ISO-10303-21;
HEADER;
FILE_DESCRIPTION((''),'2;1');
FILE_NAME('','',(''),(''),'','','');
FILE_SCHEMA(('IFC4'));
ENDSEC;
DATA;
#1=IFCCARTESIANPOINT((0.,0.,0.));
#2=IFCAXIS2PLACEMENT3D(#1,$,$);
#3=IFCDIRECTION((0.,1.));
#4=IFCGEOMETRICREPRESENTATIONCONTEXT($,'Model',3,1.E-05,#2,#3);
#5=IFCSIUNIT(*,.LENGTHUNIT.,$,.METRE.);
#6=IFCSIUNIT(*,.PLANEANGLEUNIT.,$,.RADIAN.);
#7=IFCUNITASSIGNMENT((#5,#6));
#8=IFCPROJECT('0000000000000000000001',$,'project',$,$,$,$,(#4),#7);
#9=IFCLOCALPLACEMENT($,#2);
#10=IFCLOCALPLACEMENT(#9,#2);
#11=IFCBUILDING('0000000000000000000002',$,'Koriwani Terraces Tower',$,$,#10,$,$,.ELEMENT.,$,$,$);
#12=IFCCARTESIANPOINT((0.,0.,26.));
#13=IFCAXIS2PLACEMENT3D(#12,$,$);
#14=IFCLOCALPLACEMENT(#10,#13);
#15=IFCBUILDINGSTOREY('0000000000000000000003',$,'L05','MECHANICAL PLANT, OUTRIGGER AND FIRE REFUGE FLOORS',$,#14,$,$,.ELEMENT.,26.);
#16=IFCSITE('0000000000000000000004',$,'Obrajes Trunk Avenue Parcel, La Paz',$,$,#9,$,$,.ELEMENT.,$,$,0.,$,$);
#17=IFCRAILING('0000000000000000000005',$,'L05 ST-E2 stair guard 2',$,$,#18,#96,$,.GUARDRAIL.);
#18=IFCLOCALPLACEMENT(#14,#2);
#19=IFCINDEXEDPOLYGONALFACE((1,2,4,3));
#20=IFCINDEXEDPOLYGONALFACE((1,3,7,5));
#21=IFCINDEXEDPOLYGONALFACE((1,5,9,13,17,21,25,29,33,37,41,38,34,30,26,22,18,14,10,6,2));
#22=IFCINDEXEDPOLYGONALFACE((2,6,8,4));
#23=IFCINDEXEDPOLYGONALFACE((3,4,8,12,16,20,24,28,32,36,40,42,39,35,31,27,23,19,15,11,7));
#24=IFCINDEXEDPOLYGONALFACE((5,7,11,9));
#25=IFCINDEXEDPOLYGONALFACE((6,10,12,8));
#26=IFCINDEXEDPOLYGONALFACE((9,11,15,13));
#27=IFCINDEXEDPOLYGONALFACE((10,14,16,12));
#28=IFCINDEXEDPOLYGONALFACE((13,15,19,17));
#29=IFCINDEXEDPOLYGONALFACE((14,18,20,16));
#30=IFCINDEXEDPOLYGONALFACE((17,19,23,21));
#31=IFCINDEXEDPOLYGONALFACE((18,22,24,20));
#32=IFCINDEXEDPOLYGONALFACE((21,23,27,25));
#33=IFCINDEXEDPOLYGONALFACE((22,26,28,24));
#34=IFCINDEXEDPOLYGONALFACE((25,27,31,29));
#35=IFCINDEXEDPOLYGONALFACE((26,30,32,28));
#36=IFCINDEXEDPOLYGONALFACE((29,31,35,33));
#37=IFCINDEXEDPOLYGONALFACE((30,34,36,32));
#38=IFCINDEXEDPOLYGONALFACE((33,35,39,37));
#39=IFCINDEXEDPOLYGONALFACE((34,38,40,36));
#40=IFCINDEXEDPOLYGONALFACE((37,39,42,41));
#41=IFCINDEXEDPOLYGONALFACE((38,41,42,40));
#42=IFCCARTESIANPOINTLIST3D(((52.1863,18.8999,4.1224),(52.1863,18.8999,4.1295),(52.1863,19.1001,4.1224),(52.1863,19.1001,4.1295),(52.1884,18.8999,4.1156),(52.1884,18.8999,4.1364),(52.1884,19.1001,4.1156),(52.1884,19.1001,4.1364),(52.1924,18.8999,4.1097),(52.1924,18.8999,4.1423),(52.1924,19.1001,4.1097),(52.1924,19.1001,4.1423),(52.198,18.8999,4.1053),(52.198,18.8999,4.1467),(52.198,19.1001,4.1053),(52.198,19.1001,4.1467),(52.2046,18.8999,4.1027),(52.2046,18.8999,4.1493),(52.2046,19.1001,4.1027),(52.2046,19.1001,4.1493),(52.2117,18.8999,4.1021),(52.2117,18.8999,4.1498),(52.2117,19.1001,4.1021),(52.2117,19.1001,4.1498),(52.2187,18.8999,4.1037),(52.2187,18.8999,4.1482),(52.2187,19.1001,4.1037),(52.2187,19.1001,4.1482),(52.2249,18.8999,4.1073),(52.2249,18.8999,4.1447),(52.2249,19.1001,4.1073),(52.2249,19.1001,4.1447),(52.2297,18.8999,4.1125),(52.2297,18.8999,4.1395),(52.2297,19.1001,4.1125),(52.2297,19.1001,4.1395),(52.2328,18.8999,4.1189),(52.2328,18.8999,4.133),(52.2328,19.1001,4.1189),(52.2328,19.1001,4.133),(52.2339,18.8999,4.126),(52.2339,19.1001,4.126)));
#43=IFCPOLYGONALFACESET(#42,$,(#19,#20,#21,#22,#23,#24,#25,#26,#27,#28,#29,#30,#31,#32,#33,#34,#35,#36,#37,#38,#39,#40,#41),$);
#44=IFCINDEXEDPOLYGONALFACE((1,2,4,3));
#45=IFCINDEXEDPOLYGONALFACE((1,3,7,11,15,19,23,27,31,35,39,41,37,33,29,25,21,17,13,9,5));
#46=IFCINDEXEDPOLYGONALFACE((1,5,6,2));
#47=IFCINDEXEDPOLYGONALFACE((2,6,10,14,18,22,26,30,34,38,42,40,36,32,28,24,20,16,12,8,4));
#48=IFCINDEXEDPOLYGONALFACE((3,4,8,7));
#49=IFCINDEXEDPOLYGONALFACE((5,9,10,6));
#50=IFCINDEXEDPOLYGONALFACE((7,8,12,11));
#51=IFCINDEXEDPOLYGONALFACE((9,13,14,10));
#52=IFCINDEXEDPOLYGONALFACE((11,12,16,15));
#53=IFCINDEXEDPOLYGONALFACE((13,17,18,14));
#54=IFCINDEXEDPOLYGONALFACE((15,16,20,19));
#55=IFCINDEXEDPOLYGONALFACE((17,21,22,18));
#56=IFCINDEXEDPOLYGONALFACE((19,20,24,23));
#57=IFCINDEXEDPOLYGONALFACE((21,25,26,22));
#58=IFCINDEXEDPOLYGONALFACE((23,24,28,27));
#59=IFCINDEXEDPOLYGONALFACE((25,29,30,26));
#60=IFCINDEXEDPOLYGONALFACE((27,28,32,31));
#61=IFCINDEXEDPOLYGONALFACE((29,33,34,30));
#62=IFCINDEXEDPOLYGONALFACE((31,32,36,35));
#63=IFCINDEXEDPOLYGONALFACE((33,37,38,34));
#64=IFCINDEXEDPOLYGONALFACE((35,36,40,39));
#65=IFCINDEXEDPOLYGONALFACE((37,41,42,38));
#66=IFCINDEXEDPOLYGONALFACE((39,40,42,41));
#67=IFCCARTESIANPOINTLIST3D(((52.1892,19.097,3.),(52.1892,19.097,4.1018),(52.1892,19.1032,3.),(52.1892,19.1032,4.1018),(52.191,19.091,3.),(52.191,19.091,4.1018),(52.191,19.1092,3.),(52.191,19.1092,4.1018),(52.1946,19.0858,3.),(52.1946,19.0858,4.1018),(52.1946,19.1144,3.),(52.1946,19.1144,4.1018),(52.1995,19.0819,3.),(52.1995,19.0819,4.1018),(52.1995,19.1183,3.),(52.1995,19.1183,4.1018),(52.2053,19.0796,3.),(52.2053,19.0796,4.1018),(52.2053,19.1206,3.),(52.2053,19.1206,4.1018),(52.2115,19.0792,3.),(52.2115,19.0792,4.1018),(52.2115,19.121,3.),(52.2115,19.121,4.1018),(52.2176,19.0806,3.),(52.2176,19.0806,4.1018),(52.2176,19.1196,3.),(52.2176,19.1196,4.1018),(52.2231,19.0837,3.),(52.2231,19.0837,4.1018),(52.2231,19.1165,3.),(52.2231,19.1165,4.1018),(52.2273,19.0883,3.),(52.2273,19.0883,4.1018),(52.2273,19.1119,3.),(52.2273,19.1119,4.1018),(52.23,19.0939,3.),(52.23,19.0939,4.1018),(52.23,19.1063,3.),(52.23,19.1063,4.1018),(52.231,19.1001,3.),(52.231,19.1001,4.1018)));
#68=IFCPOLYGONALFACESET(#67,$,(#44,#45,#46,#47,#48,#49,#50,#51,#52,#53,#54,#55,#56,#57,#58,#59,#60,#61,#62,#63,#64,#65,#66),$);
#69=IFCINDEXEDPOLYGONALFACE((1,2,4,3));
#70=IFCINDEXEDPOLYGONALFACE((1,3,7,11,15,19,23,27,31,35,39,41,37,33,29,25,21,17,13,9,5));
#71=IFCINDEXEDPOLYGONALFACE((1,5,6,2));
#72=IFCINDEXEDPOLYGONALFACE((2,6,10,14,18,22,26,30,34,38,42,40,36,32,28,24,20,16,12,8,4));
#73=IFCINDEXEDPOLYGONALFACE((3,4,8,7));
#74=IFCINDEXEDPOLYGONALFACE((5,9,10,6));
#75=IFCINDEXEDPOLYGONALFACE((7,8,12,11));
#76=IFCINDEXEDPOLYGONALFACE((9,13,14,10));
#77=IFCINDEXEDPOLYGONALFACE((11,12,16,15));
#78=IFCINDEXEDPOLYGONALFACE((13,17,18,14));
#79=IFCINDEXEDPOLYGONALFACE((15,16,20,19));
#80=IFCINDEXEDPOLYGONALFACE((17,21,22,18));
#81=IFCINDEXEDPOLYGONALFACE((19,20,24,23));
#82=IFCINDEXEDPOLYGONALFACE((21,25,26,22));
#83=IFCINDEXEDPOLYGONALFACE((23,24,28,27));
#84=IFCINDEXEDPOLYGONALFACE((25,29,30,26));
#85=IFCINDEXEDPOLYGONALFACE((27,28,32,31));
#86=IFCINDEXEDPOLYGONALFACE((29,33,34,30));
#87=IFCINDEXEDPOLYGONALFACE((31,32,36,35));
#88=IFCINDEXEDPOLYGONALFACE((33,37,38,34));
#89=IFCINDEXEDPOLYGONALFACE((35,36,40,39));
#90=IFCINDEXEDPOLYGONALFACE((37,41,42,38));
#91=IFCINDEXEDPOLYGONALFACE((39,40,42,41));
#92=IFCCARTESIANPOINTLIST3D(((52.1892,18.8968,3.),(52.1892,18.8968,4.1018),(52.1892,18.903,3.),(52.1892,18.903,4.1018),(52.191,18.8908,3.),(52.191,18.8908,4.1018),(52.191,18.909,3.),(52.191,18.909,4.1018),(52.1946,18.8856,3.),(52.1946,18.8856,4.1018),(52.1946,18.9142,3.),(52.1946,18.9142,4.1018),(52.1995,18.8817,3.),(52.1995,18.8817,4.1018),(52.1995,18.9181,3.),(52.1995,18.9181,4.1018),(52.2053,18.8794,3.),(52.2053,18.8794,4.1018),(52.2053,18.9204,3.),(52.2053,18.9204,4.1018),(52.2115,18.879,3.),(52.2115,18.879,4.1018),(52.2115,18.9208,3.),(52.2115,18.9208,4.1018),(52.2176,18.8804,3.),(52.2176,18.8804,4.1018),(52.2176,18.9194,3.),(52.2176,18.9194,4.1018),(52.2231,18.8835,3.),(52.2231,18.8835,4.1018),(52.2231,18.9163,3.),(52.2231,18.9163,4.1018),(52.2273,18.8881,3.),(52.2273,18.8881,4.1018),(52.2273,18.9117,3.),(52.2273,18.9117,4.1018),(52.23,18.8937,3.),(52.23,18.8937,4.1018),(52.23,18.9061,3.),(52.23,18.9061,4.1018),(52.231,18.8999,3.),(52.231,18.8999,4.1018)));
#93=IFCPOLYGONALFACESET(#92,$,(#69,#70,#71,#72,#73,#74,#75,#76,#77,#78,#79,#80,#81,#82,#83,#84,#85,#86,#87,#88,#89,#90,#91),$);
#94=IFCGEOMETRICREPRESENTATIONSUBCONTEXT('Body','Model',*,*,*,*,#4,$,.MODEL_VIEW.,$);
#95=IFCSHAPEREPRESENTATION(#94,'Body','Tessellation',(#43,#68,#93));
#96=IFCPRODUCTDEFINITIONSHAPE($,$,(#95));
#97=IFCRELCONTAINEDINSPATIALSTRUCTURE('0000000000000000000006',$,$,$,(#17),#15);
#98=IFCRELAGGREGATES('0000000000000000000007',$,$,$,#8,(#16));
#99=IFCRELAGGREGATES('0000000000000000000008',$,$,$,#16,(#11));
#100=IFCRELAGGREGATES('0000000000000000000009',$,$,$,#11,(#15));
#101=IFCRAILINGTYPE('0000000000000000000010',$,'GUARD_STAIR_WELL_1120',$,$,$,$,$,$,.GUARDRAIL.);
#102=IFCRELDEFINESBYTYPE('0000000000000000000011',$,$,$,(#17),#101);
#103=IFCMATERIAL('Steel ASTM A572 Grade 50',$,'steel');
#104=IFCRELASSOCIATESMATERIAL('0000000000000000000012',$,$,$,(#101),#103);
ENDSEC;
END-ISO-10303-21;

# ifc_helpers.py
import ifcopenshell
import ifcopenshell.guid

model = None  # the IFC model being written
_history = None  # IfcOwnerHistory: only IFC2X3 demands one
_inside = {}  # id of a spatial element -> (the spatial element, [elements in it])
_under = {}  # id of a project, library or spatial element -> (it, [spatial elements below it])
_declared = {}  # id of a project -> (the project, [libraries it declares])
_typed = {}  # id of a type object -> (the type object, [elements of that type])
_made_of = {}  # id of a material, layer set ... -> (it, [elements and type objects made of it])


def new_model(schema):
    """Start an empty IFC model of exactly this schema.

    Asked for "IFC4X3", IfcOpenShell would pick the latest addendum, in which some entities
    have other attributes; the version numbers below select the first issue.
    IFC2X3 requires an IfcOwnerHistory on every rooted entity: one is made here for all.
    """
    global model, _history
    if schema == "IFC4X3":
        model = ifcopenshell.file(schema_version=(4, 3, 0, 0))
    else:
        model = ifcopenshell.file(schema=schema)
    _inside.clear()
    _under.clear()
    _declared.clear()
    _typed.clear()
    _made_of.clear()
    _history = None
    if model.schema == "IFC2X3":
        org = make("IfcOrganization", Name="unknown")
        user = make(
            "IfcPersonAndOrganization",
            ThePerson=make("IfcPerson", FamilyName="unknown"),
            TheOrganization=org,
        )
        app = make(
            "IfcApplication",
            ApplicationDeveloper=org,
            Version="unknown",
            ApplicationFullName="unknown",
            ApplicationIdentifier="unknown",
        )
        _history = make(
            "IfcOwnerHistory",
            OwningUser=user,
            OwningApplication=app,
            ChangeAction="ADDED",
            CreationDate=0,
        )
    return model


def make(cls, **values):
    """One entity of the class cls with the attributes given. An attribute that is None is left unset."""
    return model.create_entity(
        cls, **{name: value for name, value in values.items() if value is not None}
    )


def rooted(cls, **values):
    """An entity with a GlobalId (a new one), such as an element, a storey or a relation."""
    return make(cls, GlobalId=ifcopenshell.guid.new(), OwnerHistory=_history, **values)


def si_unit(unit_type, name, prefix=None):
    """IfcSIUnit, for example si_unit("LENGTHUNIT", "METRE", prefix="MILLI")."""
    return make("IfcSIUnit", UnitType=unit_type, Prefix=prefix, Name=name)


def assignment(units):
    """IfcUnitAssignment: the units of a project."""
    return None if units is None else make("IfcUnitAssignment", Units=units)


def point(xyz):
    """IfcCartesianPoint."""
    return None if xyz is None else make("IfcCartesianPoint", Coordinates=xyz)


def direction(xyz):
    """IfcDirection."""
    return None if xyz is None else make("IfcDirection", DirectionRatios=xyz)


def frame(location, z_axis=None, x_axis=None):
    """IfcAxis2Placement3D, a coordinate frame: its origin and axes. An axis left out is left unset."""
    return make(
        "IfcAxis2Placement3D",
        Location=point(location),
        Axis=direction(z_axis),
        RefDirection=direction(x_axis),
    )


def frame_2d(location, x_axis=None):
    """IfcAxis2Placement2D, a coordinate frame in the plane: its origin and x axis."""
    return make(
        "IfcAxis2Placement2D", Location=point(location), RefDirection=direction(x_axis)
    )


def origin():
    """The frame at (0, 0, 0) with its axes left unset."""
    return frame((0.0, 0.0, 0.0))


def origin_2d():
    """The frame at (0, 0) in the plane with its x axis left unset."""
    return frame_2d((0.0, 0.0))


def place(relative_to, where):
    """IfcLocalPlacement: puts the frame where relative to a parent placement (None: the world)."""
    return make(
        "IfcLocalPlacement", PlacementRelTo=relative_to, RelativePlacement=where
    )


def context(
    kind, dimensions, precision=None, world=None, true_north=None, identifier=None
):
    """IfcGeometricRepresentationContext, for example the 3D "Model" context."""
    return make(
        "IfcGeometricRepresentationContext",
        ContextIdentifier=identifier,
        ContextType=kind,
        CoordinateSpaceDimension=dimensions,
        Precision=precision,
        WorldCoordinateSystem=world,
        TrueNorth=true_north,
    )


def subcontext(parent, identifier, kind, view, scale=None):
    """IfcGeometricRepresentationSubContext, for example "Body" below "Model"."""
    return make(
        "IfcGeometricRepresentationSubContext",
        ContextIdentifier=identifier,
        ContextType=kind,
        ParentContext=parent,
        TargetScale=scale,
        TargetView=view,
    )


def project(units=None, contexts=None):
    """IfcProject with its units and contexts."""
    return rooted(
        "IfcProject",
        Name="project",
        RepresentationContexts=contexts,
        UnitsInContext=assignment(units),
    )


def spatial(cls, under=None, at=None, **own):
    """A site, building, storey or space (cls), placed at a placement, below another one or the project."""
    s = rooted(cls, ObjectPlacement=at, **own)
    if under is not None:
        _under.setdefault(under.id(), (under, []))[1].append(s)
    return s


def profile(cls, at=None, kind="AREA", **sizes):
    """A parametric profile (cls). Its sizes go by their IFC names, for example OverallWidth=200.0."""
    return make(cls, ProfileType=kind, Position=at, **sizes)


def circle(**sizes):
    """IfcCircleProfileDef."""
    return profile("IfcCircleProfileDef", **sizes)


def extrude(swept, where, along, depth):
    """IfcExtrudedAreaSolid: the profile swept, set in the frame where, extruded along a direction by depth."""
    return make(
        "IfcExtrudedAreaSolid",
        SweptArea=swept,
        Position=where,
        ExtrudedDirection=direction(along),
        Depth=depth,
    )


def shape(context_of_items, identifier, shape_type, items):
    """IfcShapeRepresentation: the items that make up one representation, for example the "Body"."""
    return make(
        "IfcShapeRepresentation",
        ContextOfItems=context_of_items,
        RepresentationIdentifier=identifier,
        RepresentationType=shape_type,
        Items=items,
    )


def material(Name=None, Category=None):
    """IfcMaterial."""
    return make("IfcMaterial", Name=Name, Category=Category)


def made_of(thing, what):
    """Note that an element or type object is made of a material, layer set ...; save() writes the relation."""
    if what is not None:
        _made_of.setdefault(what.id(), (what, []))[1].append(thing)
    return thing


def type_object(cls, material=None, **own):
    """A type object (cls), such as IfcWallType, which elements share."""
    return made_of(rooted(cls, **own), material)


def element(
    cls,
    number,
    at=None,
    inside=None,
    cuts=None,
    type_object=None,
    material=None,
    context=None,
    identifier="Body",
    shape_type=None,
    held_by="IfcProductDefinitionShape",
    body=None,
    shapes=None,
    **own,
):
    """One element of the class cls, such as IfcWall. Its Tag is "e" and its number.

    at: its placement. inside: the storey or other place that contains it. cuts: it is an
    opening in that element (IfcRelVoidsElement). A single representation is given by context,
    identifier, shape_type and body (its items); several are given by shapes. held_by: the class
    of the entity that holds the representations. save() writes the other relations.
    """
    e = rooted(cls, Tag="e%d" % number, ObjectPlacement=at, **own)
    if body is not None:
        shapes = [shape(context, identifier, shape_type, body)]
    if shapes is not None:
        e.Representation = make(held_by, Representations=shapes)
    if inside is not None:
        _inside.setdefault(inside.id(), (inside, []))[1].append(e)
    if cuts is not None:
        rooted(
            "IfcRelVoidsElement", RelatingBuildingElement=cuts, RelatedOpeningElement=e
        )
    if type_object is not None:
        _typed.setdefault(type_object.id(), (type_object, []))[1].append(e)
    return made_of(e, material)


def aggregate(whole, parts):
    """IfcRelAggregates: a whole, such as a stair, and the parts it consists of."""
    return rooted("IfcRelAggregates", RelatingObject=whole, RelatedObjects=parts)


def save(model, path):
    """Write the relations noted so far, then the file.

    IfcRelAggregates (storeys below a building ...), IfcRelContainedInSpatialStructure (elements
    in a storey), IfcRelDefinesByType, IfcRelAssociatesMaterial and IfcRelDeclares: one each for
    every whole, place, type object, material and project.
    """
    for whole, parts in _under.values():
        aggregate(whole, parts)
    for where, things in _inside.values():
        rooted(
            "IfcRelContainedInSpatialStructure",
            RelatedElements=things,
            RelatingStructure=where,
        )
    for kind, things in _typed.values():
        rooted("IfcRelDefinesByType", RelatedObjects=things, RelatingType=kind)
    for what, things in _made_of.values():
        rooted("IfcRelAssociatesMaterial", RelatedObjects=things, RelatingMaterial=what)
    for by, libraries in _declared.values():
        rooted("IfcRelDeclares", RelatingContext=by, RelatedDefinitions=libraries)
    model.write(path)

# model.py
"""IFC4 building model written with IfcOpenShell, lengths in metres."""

from ifc_helpers import new_model, si_unit, direction, frame, origin, origin_2d, place, context, subcontext, project, spatial, circle, extrude, material, type_object, element, save


model = new_model("IFC4")

# Units and contexts
model_context = context("Model", 3, precision=1e-05, world=origin(), true_north=direction((0.0, 1.0)))
body_context = subcontext(model_context, "Body", "Model", "MODEL_VIEW")
ifc_project = project(units=[si_unit("LENGTHUNIT", "METRE"), si_unit("PLANEANGLEUNIT", "RADIAN")], contexts=[model_context])

# Site, building, storey
site_placement = place(None, origin())
site = spatial("IfcSite", under=ifc_project, at=site_placement, Name="Obrajes Trunk Avenue Parcel, La Paz", CompositionType="ELEMENT", RefElevation=0.0)
building_placement = place(site_placement, origin())
building = spatial("IfcBuilding", under=site, at=building_placement, Name="Koriwani Terraces Tower", CompositionType="ELEMENT")
storey_placement = place(building_placement, frame((0.0, 0.0, 26.0)))
storey = spatial("IfcBuildingStorey", under=building, at=storey_placement, Name="L05", Description="MECHANICAL PLANT, OUTRIGGER AND FIRE REFUGE FLOORS", CompositionType="ELEMENT", Elevation=26.0)

# Shared definitions
ifc_material_1 = material(Name="Steel ASTM A572 Grade 50", Category="steel")

# Railing
railing_type_1 = type_object("IfcRailingType", Name="GUARD_STAIR_WELL_1120", PredefinedType="GUARDRAIL", material=ifc_material_1)
railing_1_placement = place(storey_placement, frame((52.21, 19.1001, 3.0)))
element("IfcRailing", 1, at=railing_1_placement, inside=storey, type_object=railing_type_1, Name="L05 ST-E2 stair guard 2", PredefinedType="GUARDRAIL", context=body_context, shape_type="SweptSolid", body=[
    extrude(circle(Radius=0.0239, at=origin_2d()), frame((0.0, 0.0, 1.126), z_axis=(0.0, -1.0, 0.0), x_axis=(1.0, 0.0, 0.0)), (0.0, 0.0, 1.0), 0.2002),
    extrude(circle(Radius=0.021, at=origin_2d()), origin(), (0.0, 0.0, 1.0), 1.1018),
    extrude(circle(Radius=0.021, at=origin_2d()), frame((0.0, -0.2002, 0.0)), (0.0, 0.0, 1.0), 1.1018),
])

save(model, "model.ifc")
